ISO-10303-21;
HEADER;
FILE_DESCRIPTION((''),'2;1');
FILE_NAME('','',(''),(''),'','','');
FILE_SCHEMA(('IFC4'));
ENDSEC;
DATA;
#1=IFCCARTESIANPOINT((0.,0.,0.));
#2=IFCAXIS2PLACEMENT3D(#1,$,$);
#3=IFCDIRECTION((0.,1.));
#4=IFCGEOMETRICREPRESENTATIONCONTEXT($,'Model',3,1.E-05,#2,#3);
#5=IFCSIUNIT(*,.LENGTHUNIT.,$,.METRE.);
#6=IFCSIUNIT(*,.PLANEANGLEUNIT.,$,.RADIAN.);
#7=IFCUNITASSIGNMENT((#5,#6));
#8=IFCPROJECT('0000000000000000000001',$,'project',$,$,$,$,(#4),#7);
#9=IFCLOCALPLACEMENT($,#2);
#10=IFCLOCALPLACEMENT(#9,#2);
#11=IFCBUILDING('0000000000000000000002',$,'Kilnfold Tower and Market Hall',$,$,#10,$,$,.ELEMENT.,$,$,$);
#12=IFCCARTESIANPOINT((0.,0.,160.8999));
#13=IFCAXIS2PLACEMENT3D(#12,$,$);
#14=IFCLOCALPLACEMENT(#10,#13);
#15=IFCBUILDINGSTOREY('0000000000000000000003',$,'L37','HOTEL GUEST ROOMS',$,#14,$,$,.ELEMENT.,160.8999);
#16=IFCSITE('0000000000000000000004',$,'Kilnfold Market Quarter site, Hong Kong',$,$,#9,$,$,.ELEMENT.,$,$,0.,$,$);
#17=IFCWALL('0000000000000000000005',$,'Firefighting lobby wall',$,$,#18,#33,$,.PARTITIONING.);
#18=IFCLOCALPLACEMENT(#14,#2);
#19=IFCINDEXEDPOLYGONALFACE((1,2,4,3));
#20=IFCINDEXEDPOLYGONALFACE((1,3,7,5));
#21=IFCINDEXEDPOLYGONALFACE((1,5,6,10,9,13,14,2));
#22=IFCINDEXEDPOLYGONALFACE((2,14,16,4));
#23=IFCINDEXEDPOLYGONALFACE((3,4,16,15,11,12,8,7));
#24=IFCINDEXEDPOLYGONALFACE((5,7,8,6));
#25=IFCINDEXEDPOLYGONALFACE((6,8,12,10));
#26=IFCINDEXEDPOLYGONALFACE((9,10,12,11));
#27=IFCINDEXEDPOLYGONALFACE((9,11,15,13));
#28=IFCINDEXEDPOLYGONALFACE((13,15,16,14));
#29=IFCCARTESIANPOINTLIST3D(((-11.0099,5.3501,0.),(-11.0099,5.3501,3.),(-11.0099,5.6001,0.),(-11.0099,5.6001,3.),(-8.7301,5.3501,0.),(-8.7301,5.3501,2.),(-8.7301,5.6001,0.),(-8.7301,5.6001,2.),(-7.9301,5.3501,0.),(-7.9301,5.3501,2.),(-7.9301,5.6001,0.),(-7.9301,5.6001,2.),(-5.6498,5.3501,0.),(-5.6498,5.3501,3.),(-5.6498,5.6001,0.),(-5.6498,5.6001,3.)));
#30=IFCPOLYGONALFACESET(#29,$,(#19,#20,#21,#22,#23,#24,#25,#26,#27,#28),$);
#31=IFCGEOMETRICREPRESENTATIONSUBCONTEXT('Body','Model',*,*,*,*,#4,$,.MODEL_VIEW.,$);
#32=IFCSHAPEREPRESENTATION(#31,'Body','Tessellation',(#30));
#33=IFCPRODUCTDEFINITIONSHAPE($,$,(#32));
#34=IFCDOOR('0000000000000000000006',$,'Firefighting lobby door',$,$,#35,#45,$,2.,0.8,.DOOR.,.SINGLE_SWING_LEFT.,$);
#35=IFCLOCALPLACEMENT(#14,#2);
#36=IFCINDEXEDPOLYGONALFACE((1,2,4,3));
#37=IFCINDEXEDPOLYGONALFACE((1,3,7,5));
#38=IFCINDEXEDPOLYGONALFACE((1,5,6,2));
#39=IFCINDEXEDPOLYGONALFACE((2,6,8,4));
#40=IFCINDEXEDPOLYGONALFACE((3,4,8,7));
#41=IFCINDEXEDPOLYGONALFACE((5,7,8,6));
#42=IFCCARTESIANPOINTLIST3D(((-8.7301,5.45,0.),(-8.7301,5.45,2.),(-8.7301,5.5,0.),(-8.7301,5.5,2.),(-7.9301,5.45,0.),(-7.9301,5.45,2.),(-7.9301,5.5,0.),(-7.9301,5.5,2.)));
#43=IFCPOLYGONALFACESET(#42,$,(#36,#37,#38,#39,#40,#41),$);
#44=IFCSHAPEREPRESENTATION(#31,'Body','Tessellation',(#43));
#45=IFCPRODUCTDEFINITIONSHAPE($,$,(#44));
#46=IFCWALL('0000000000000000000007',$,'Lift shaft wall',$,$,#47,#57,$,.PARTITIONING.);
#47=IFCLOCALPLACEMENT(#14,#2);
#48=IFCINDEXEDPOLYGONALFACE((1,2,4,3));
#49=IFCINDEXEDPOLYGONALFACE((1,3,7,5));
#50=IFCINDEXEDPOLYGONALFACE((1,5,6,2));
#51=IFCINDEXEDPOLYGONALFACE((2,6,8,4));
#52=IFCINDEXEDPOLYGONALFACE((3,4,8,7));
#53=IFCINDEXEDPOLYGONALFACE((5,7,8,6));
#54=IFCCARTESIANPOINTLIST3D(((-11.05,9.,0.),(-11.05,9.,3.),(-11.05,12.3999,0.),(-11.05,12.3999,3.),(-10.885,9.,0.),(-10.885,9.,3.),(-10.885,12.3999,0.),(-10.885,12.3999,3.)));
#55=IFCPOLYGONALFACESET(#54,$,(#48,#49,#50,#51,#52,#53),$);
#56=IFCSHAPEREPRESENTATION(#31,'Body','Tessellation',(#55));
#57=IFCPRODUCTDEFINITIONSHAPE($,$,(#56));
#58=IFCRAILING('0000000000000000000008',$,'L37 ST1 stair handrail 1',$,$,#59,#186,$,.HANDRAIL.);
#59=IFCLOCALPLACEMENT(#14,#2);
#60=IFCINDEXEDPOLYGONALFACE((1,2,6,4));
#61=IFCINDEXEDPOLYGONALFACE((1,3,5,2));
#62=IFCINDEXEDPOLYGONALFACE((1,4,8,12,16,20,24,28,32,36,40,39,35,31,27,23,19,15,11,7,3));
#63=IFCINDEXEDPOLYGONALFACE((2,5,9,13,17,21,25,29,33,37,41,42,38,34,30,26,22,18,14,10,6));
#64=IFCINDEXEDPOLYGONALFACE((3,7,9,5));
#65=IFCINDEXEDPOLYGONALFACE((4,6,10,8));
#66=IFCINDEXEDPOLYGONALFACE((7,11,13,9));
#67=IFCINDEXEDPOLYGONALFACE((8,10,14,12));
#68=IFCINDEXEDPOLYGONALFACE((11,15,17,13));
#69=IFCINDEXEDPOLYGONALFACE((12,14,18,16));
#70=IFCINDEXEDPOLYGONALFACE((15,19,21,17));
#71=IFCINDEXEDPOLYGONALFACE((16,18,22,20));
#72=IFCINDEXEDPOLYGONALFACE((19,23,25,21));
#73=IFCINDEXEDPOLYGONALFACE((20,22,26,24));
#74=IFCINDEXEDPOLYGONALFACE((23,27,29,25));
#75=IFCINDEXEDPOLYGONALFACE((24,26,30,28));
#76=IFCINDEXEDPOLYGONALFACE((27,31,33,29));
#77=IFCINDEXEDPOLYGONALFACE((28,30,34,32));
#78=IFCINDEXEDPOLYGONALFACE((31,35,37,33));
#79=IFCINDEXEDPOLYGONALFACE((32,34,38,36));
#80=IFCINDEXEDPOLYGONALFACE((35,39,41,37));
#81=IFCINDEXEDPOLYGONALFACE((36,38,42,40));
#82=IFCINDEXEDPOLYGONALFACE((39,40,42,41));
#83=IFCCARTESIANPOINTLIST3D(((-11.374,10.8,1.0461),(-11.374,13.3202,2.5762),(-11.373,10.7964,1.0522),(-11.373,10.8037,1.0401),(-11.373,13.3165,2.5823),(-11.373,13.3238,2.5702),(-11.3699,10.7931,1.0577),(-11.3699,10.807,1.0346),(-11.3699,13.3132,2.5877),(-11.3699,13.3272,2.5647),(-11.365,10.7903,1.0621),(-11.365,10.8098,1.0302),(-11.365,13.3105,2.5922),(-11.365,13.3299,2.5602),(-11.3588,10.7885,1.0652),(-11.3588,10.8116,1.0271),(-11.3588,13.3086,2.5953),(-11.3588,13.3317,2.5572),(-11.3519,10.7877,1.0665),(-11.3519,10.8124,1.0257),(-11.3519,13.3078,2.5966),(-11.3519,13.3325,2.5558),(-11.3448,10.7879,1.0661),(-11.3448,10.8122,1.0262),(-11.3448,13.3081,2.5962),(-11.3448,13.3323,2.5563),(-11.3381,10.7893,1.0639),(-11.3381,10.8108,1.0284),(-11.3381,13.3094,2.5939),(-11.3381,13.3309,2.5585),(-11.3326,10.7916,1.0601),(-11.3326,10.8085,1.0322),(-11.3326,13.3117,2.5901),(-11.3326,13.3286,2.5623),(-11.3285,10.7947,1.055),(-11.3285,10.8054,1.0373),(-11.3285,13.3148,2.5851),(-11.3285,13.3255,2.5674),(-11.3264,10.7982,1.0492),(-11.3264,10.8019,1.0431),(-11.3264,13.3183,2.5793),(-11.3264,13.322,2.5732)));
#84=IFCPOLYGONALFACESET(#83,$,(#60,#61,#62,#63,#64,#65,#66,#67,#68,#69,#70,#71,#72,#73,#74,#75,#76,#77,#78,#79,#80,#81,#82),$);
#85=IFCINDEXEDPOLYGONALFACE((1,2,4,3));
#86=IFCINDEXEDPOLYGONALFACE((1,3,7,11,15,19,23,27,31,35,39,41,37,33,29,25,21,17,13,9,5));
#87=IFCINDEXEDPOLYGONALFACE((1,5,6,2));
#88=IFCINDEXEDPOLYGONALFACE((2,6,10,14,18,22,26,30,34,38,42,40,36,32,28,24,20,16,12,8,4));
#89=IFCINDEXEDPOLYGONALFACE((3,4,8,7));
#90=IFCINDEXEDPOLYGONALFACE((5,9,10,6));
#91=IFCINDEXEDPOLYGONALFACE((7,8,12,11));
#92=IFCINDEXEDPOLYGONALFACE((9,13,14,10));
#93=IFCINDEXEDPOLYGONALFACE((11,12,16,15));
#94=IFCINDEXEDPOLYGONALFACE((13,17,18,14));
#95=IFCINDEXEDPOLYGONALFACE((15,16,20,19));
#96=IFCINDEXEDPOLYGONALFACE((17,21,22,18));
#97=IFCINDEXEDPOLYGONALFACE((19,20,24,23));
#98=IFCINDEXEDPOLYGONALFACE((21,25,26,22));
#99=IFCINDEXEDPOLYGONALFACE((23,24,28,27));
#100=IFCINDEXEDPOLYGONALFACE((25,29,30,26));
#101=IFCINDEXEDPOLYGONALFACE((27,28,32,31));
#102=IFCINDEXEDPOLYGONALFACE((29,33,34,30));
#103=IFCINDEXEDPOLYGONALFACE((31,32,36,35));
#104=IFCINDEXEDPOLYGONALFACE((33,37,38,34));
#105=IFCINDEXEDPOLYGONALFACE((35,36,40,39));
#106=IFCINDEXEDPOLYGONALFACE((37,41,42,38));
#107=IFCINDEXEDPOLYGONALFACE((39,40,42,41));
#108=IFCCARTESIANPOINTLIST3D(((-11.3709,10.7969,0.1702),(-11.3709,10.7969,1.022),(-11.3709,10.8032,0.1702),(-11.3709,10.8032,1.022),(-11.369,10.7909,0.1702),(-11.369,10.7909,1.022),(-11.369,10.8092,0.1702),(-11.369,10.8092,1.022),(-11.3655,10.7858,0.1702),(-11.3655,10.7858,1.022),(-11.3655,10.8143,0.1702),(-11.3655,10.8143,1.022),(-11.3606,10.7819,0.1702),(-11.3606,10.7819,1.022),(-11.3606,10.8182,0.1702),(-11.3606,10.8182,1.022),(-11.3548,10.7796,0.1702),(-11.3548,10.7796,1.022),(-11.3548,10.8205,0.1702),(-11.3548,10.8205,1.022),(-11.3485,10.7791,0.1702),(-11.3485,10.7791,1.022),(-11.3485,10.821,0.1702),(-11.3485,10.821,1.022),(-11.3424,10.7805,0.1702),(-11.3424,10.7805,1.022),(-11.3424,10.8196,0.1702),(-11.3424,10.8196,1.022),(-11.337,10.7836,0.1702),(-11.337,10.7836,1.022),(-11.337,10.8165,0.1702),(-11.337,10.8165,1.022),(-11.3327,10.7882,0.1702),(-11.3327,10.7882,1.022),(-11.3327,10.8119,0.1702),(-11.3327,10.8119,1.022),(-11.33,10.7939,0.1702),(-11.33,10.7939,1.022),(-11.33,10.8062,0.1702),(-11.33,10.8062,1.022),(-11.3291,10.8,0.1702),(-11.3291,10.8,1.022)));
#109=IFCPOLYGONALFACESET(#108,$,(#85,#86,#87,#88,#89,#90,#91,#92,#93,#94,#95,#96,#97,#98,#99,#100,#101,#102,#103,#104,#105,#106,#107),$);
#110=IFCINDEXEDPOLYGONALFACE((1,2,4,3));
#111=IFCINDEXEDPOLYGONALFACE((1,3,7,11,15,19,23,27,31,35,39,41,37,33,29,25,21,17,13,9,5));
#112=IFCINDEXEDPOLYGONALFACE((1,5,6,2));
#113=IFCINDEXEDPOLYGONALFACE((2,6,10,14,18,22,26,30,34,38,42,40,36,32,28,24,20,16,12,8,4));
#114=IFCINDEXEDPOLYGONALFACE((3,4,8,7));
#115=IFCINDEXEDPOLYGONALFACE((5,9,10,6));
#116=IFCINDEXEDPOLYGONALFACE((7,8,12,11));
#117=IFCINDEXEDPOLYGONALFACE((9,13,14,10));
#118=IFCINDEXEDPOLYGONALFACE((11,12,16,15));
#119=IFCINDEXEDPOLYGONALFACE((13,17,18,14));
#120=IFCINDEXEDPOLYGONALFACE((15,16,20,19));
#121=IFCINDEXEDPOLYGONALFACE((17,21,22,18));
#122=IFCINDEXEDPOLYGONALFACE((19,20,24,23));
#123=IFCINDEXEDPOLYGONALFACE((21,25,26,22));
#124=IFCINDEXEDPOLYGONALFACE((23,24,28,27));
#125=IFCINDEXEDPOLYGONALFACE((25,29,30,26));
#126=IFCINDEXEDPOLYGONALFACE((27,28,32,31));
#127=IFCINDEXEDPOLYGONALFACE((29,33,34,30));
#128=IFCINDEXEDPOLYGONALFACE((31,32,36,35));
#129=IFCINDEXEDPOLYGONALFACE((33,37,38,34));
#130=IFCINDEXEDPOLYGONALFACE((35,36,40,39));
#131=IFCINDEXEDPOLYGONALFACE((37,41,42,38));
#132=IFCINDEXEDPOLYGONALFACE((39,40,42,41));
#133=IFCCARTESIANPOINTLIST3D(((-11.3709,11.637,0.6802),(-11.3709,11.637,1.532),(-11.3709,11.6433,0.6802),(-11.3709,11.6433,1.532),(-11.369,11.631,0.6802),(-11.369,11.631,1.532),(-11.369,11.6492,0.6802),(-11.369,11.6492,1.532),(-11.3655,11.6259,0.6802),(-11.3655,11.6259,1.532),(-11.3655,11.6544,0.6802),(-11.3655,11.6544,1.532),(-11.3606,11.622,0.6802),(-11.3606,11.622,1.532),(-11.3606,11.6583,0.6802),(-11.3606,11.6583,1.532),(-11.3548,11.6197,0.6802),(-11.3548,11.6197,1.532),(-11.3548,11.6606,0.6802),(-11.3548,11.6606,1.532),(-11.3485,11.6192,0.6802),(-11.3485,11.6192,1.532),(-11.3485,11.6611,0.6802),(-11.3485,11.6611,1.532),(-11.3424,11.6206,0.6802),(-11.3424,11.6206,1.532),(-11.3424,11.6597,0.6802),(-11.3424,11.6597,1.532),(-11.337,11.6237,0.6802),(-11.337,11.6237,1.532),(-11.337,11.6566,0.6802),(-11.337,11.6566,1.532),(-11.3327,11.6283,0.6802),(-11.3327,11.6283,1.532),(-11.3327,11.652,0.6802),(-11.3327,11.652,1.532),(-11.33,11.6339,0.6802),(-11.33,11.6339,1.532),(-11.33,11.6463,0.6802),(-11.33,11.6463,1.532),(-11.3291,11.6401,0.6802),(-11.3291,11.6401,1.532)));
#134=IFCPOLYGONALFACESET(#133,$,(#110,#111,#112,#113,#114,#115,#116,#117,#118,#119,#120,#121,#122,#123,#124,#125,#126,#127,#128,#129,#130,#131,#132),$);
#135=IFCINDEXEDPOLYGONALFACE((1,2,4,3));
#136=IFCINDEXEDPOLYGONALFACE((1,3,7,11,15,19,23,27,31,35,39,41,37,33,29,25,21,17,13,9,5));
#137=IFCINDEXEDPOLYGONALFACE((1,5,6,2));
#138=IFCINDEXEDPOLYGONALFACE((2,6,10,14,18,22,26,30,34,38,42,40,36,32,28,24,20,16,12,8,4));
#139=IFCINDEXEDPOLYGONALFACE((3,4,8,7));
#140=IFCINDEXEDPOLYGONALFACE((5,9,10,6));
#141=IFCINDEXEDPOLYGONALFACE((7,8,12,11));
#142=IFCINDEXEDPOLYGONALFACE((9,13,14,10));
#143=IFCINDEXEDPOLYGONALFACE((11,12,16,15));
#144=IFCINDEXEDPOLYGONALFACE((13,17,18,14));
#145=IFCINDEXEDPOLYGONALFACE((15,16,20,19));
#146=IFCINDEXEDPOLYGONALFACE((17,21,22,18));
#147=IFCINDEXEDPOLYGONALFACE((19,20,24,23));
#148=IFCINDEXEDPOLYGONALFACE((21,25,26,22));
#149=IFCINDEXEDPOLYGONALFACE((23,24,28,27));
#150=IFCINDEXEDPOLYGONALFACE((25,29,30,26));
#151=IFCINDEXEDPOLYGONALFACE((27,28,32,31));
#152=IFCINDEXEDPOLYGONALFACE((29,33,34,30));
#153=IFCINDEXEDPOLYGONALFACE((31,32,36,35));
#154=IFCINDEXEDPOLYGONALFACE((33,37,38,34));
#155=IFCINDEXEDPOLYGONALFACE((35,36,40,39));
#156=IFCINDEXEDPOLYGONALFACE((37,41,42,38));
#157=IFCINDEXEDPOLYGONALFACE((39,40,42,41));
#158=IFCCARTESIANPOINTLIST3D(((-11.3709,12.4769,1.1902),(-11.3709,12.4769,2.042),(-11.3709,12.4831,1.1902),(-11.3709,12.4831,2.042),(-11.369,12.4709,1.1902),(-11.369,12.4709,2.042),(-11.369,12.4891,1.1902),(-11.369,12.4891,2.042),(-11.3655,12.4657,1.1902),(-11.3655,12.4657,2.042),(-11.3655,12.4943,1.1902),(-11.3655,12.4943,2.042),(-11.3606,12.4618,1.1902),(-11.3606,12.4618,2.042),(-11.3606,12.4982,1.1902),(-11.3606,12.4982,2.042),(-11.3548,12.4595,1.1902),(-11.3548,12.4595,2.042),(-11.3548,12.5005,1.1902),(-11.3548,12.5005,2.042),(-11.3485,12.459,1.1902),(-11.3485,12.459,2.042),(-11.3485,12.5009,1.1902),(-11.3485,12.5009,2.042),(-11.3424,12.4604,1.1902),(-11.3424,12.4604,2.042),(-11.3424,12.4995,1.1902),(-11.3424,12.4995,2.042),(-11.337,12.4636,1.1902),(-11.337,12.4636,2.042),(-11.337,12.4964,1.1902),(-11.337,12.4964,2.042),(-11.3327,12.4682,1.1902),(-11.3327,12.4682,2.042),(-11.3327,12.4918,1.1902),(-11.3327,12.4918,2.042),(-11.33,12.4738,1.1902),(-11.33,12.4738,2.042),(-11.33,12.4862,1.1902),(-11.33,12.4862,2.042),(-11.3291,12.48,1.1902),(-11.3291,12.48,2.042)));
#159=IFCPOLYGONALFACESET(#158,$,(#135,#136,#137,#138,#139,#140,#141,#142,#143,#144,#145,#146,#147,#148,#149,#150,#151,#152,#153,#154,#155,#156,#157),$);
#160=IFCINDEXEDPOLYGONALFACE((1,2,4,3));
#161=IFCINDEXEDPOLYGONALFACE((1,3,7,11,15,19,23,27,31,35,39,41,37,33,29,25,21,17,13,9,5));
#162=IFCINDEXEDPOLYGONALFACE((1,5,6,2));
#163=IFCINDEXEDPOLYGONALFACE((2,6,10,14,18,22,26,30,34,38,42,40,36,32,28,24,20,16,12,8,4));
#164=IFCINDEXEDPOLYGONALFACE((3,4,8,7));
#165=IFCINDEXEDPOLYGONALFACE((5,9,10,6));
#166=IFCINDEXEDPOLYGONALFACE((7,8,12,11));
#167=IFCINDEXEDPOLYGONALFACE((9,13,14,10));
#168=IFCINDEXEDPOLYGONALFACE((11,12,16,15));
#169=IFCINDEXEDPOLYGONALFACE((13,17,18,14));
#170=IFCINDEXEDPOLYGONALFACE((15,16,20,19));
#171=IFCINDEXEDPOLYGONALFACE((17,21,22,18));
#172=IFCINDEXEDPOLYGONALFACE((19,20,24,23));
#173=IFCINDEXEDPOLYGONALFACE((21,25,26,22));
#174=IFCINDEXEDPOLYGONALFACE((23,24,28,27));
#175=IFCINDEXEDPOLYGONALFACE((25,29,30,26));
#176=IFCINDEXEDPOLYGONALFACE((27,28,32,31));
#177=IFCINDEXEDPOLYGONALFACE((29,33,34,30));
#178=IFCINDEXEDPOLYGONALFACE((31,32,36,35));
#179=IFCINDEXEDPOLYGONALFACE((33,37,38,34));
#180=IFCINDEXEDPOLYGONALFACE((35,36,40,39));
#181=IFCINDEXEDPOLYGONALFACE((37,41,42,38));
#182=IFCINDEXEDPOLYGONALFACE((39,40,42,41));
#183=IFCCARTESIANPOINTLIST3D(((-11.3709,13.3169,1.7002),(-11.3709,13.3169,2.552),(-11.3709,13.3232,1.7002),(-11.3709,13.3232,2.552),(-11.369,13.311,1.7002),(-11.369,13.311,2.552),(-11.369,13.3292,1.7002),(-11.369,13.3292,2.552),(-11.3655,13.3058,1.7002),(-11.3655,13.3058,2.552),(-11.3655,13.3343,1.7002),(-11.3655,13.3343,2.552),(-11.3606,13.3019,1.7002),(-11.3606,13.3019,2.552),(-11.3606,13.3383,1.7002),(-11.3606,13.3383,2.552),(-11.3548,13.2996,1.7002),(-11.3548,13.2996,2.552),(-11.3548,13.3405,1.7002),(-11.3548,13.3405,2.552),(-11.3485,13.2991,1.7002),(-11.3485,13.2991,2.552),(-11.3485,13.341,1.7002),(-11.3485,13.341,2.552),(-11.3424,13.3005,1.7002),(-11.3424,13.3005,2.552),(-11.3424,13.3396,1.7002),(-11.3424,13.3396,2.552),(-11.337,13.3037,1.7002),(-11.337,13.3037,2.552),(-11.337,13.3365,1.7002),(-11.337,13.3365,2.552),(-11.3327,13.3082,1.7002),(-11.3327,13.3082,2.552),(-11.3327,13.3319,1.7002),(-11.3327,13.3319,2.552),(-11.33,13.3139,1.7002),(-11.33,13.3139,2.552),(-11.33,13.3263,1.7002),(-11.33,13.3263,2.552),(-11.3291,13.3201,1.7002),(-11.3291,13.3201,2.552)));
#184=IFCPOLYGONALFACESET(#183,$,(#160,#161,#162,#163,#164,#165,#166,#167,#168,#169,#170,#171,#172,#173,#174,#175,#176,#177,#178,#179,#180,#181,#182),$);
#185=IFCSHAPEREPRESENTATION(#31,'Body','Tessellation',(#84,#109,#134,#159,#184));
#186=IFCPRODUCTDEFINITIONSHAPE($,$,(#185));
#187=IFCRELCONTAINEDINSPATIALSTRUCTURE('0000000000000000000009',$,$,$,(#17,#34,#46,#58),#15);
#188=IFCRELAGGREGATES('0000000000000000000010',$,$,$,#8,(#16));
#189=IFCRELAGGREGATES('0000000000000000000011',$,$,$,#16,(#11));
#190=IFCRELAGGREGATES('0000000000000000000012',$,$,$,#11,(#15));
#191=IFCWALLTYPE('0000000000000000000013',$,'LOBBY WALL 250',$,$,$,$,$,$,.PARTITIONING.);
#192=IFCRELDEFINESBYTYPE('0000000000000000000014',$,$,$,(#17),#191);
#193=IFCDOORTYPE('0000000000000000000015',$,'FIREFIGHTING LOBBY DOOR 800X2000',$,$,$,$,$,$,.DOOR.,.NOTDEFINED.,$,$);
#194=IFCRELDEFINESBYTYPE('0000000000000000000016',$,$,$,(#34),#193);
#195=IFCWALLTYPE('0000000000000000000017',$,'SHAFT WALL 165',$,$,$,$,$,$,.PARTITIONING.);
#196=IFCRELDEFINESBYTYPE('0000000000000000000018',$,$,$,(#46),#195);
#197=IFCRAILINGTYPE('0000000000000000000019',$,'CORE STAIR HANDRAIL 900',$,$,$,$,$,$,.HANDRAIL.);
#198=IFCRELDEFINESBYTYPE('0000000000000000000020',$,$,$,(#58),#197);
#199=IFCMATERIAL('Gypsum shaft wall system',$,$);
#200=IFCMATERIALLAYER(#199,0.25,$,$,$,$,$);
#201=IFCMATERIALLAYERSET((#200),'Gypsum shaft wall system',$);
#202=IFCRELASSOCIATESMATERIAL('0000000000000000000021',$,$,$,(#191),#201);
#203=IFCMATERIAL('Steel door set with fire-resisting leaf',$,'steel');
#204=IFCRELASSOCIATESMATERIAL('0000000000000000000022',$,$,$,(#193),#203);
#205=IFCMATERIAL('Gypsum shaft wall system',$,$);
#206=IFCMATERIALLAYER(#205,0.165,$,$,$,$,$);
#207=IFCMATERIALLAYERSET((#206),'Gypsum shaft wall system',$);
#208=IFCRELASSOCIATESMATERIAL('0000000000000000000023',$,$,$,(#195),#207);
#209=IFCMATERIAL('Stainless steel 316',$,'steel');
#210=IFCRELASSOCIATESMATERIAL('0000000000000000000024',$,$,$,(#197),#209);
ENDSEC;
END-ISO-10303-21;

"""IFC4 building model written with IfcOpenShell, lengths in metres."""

from ifc_helpers import new_model, si_unit, direction, frame, frame_2d, origin, origin_2d, place, context, subcontext, project, spatial, rectangle, circle, extrude, source, transform, mapped, material, layer, layer_set, type_object, element, fill, save


model = new_model("IFC4")

# Units and contexts
model_context = context("Model", 3, precision=1e-05, world=origin(), true_north=direction((0.0, 1.0)))
body_context = subcontext(model_context, "Body", "Model", "MODEL_VIEW")
ifc_project = project(units=[si_unit("LENGTHUNIT", "METRE"), si_unit("PLANEANGLEUNIT", "RADIAN")], contexts=[model_context])

# Site, building, storey
site_placement = place(None, origin())
site = spatial("IfcSite", under=ifc_project, at=site_placement, Name="Kilnfold Market Quarter site, Hong Kong", CompositionType="ELEMENT", RefElevation=0.0)
building_placement = place(site_placement, origin())
building = spatial("IfcBuilding", under=site, at=building_placement, Name="Kilnfold Tower and Market Hall", CompositionType="ELEMENT")
storey_placement = place(building_placement, frame((0.0, 0.0, 160.8999)))
storey = spatial("IfcBuildingStorey", under=building, at=storey_placement, Name="L37", Description="HOTEL GUEST ROOMS", CompositionType="ELEMENT", Elevation=160.8999)

# Shared definitions
ifc_material_1 = material(Name="Gypsum shaft wall system")
ifc_layer_1 = layer(ifc_material_1, 0.25)
ifc_layer_set_1 = layer_set([ifc_layer_1], Name="Gypsum shaft wall system")
wall_type_1 = type_object("IfcWallType", Name="LOBBY WALL 250", PredefinedType="PARTITIONING", material=ifc_layer_set_1)

# Wall, opening, door
shared_shape_1 = source(origin(), body_context, "Body", "SweptSolid", [
    extrude(rectangle(XDim=5.3601, YDim=0.25, at=frame_2d((2.6802, 0.0))), origin(), (0.0, 0.0, 1.0), 3.0),
])
wall_1_placement = place(storey_placement, frame((-11.01, 5.4751, 0.0), z_axis=(0.0, 0.0, 1.0), x_axis=(1.0, 0.0, 0.0)))
wall_1 = element("IfcWall", 1, at=wall_1_placement, inside=storey, type_object=wall_type_1, Name="Firefighting lobby wall", PredefinedType="PARTITIONING", context=body_context, shape_type="MappedRepresentation", body=[
    mapped(shared_shape_1, transform((0.0, 0.0, 0.0))),
])
opening_1_placement = place(wall_1_placement, frame((2.28, 0.0, 0.0)))
opening_1 = element("IfcOpeningElement", 2, at=opening_1_placement, cuts=wall_1, PredefinedType="OPENING", context=body_context, shape_type="SweptSolid", body=[
    extrude(rectangle(XDim=0.8, YDim=2.0, at=frame_2d((0.3999, 1.0))), frame((0.0, 0.135, 0.0), z_axis=(0.0, -1.0, 0.0), x_axis=(1.0, 0.0, 0.0)), (0.0, 0.0, 1.0), 0.27),
])
ifc_material_2 = material(Name="Steel door set with fire-resisting leaf", Category="steel")
door_type_1 = type_object("IfcDoorType", Name="FIREFIGHTING LOBBY DOOR 800X2000", OperationType="NOTDEFINED", PredefinedType="DOOR", material=ifc_material_2)
door_1_placement = place(opening_1_placement, origin())
door_1 = element("IfcDoor", 3, at=door_1_placement, inside=storey, type_object=door_type_1, Name="Firefighting lobby door", OperationType="SINGLE_SWING_LEFT", OverallHeight=2.0, OverallWidth=0.8, PredefinedType="DOOR", context=body_context, shape_type="SweptSolid", body=[
    extrude(rectangle(XDim=0.8, YDim=2.0, at=frame_2d((0.3999, 1.0))), frame((0.0, 0.0249, 0.0), z_axis=(0.0, -1.0, 0.0), x_axis=(1.0, 0.0, 0.0)), (0.0, 0.0, 1.0), 0.05),
])
fill(opening_1, door_1)

# Wall
ifc_material_3 = material(Name="Gypsum shaft wall system")
ifc_layer_2 = layer(ifc_material_3, 0.165)
ifc_layer_set_2 = layer_set([ifc_layer_2], Name="Gypsum shaft wall system")
wall_type_2 = type_object("IfcWallType", Name="SHAFT WALL 165", PredefinedType="PARTITIONING", material=ifc_layer_set_2)
shared_shape_2 = source(origin(), body_context, "Body", "SweptSolid", [
    extrude(rectangle(XDim=3.3999, YDim=0.165, at=frame_2d((1.7, 0.0))), origin(), (0.0, 0.0, 1.0), 3.0),
])
wall_2_placement = place(storey_placement, frame((-10.9675, 9.0, 0.0), z_axis=(0.0, 0.0, 1.0), x_axis=(0.0, 1.0, 0.0)))
element("IfcWall", 4, at=wall_2_placement, inside=storey, type_object=wall_type_2, Name="Lift shaft wall", PredefinedType="PARTITIONING", context=body_context, shape_type="MappedRepresentation", body=[
    mapped(shared_shape_2, transform((0.0, 0.0, 0.0))),
])

# Railing
ifc_material_4 = material(Name="Stainless steel 316", Category="steel")
railing_type_1 = type_object("IfcRailingType", Name="CORE STAIR HANDRAIL 900", PredefinedType="HANDRAIL", material=ifc_material_4)
railing_1_placement = place(storey_placement, frame((-11.3501, 10.8, 0.1702)))
element("IfcRailing", 5, at=railing_1_placement, inside=storey, type_object=railing_type_1, Name="L37 ST1 stair handrail 1", PredefinedType="HANDRAIL", context=body_context, shape_type="SweptSolid", body=[
    extrude(circle(Radius=0.0239, at=origin_2d()), frame((0.0, 0.0, 0.876), z_axis=(0.0, 0.854785, 0.518982), x_axis=(-1.0, 0.0, 0.0)), (0.0, 0.0, 1.0), 2.9482),
    extrude(circle(Radius=0.021, at=origin_2d()), origin(), (0.0, 0.0, 1.0), 0.8518),
    extrude(circle(Radius=0.021, at=origin_2d()), frame((0.0, 0.8401, 0.51)), (0.0, 0.0, 1.0), 0.8518),
    extrude(circle(Radius=0.021, at=origin_2d()), frame((0.0, 1.6799, 1.02)), (0.0, 0.0, 1.0), 0.8518),
    extrude(circle(Radius=0.021, at=origin_2d()), frame((0.0, 2.52, 1.53)), (0.0, 0.0, 1.0), 0.8518),
])

save(model, "model.ifc")
